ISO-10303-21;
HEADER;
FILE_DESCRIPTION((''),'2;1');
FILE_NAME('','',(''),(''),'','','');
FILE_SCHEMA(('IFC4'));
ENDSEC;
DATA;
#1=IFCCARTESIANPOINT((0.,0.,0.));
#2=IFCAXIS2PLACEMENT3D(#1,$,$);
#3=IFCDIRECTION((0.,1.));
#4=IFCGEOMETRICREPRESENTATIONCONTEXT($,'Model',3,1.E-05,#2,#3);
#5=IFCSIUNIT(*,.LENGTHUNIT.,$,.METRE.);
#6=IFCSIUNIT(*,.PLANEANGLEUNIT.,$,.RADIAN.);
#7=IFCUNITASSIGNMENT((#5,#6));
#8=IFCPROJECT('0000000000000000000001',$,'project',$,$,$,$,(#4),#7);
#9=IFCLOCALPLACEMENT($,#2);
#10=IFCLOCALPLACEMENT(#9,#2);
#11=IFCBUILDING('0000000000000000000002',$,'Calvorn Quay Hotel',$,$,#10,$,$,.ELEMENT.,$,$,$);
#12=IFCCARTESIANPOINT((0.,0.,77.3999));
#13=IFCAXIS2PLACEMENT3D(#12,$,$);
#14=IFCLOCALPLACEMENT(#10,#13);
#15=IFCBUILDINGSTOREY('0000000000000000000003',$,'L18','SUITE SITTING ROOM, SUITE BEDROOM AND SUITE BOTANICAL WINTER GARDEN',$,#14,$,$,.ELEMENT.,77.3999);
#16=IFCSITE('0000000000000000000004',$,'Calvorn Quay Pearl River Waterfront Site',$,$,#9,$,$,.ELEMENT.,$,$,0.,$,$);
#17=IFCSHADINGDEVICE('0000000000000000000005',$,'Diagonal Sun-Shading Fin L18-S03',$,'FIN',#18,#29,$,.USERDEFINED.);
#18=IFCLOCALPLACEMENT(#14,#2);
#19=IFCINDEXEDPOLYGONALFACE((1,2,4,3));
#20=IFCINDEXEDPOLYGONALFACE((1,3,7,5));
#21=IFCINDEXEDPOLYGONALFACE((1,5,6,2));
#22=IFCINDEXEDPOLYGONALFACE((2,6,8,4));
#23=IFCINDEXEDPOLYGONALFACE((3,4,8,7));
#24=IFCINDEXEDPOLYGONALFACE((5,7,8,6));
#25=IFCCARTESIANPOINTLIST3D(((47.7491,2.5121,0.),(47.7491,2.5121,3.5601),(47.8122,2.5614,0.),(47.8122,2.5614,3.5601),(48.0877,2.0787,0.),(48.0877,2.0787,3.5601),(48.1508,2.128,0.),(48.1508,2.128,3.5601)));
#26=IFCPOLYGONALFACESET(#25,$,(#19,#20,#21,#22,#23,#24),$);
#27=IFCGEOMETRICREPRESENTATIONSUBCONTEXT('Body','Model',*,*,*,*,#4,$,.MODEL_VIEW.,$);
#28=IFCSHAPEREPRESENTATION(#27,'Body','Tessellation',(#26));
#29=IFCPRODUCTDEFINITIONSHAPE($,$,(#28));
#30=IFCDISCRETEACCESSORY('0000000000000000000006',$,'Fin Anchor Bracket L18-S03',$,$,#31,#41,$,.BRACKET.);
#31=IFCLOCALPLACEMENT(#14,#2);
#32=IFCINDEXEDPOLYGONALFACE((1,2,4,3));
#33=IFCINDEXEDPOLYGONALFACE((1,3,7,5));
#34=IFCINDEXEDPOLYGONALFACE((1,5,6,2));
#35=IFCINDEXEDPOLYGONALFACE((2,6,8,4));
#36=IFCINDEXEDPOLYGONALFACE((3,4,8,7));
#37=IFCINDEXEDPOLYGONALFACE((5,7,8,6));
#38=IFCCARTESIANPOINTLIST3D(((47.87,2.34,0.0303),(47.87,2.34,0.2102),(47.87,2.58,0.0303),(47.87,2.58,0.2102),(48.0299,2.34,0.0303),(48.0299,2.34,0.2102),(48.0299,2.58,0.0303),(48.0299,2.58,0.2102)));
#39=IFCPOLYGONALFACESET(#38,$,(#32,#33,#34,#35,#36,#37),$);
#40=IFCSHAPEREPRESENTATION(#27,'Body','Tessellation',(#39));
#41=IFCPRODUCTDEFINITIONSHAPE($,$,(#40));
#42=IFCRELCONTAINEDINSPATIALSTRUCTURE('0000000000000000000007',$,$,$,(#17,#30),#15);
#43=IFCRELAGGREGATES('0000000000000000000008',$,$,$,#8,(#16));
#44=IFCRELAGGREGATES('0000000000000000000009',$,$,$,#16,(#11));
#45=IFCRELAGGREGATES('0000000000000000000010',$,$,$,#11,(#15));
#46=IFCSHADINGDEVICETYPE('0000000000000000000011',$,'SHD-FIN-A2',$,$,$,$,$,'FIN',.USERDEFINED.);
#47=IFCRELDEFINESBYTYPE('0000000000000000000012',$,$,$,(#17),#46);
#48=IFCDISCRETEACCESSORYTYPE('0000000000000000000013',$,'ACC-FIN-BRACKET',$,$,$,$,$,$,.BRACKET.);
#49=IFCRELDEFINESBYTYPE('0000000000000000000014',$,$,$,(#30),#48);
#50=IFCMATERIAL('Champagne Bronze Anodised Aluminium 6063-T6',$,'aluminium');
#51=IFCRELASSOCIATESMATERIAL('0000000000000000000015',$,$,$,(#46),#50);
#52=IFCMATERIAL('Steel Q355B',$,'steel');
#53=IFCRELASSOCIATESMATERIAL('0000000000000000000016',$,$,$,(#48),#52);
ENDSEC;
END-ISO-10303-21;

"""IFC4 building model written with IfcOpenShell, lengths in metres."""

from ifc_helpers import new_model, si_unit, direction, frame, origin, origin_2d, place, context, subcontext, project, spatial, rectangle, extrude, material, type_object, element, save


model = new_model("IFC4")

# Units and contexts
model_context = context("Model", 3, precision=1e-05, world=origin(), true_north=direction((0.0, 1.0)))
body_context = subcontext(model_context, "Body", "Model", "MODEL_VIEW")
ifc_project = project(units=[si_unit("LENGTHUNIT", "METRE"), si_unit("PLANEANGLEUNIT", "RADIAN")], contexts=[model_context])

# Site, building, storey
site_placement = place(None, origin())
site = spatial("IfcSite", under=ifc_project, at=site_placement, Name="Calvorn Quay Pearl River Waterfront Site", CompositionType="ELEMENT", RefElevation=0.0)
building_placement = place(site_placement, origin())
building = spatial("IfcBuilding", under=site, at=building_placement, Name="Calvorn Quay Hotel", CompositionType="ELEMENT")
storey_placement = place(building_placement, frame((0.0, 0.0, 77.3999)))
storey = spatial("IfcBuildingStorey", under=building, at=storey_placement, Name="L18", Description="SUITE SITTING ROOM, SUITE BEDROOM AND SUITE BOTANICAL WINTER GARDEN", CompositionType="ELEMENT", Elevation=77.3999)

# Shading device
ifc_material_1 = material(Name="Champagne Bronze Anodised Aluminium 6063-T6", Category="aluminium")
shading_device_type = type_object("IfcShadingDeviceType", Name="SHD-FIN-A2", ElementType="FIN", PredefinedType="USERDEFINED", material=ifc_material_1)
shading_device_placement = place(storey_placement, frame((47.95, 2.3201, 0.0), z_axis=(0.0, 0.0, 1.0), x_axis=(-0.615661, 0.788011, 0.0)))
element("IfcShadingDevice", 1, at=shading_device_placement, inside=storey, type_object=shading_device_type, Name="Diagonal Sun-Shading Fin L18-S03", ObjectType="FIN", PredefinedType="USERDEFINED", context=body_context, shape_type="SweptSolid", body=[
    extrude(rectangle(XDim=0.55, YDim=0.0801, at=origin_2d()), origin(), (0.0, 0.0, 1.0), 3.5601),
])

# Discrete accessory
ifc_material_2 = material(Name="Steel Q355B", Category="steel")
discrete_accessory_type = type_object("IfcDiscreteAccessoryType", Name="ACC-FIN-BRACKET", PredefinedType="BRACKET", material=ifc_material_2)
discrete_accessory_placement = place(storey_placement, frame((47.95, 2.46, 0.0303), z_axis=(0.0, 0.0, 1.0), x_axis=(0.0, 1.0, 0.0)))
element("IfcDiscreteAccessory", 2, at=discrete_accessory_placement, inside=storey, type_object=discrete_accessory_type, Name="Fin Anchor Bracket L18-S03", PredefinedType="BRACKET", context=body_context, shape_type="SweptSolid", body=[
    extrude(rectangle(XDim=0.24, YDim=0.1599, at=origin_2d()), origin(), (0.0, 0.0, 1.0), 0.1799),
])

save(model, "model.ifc")
